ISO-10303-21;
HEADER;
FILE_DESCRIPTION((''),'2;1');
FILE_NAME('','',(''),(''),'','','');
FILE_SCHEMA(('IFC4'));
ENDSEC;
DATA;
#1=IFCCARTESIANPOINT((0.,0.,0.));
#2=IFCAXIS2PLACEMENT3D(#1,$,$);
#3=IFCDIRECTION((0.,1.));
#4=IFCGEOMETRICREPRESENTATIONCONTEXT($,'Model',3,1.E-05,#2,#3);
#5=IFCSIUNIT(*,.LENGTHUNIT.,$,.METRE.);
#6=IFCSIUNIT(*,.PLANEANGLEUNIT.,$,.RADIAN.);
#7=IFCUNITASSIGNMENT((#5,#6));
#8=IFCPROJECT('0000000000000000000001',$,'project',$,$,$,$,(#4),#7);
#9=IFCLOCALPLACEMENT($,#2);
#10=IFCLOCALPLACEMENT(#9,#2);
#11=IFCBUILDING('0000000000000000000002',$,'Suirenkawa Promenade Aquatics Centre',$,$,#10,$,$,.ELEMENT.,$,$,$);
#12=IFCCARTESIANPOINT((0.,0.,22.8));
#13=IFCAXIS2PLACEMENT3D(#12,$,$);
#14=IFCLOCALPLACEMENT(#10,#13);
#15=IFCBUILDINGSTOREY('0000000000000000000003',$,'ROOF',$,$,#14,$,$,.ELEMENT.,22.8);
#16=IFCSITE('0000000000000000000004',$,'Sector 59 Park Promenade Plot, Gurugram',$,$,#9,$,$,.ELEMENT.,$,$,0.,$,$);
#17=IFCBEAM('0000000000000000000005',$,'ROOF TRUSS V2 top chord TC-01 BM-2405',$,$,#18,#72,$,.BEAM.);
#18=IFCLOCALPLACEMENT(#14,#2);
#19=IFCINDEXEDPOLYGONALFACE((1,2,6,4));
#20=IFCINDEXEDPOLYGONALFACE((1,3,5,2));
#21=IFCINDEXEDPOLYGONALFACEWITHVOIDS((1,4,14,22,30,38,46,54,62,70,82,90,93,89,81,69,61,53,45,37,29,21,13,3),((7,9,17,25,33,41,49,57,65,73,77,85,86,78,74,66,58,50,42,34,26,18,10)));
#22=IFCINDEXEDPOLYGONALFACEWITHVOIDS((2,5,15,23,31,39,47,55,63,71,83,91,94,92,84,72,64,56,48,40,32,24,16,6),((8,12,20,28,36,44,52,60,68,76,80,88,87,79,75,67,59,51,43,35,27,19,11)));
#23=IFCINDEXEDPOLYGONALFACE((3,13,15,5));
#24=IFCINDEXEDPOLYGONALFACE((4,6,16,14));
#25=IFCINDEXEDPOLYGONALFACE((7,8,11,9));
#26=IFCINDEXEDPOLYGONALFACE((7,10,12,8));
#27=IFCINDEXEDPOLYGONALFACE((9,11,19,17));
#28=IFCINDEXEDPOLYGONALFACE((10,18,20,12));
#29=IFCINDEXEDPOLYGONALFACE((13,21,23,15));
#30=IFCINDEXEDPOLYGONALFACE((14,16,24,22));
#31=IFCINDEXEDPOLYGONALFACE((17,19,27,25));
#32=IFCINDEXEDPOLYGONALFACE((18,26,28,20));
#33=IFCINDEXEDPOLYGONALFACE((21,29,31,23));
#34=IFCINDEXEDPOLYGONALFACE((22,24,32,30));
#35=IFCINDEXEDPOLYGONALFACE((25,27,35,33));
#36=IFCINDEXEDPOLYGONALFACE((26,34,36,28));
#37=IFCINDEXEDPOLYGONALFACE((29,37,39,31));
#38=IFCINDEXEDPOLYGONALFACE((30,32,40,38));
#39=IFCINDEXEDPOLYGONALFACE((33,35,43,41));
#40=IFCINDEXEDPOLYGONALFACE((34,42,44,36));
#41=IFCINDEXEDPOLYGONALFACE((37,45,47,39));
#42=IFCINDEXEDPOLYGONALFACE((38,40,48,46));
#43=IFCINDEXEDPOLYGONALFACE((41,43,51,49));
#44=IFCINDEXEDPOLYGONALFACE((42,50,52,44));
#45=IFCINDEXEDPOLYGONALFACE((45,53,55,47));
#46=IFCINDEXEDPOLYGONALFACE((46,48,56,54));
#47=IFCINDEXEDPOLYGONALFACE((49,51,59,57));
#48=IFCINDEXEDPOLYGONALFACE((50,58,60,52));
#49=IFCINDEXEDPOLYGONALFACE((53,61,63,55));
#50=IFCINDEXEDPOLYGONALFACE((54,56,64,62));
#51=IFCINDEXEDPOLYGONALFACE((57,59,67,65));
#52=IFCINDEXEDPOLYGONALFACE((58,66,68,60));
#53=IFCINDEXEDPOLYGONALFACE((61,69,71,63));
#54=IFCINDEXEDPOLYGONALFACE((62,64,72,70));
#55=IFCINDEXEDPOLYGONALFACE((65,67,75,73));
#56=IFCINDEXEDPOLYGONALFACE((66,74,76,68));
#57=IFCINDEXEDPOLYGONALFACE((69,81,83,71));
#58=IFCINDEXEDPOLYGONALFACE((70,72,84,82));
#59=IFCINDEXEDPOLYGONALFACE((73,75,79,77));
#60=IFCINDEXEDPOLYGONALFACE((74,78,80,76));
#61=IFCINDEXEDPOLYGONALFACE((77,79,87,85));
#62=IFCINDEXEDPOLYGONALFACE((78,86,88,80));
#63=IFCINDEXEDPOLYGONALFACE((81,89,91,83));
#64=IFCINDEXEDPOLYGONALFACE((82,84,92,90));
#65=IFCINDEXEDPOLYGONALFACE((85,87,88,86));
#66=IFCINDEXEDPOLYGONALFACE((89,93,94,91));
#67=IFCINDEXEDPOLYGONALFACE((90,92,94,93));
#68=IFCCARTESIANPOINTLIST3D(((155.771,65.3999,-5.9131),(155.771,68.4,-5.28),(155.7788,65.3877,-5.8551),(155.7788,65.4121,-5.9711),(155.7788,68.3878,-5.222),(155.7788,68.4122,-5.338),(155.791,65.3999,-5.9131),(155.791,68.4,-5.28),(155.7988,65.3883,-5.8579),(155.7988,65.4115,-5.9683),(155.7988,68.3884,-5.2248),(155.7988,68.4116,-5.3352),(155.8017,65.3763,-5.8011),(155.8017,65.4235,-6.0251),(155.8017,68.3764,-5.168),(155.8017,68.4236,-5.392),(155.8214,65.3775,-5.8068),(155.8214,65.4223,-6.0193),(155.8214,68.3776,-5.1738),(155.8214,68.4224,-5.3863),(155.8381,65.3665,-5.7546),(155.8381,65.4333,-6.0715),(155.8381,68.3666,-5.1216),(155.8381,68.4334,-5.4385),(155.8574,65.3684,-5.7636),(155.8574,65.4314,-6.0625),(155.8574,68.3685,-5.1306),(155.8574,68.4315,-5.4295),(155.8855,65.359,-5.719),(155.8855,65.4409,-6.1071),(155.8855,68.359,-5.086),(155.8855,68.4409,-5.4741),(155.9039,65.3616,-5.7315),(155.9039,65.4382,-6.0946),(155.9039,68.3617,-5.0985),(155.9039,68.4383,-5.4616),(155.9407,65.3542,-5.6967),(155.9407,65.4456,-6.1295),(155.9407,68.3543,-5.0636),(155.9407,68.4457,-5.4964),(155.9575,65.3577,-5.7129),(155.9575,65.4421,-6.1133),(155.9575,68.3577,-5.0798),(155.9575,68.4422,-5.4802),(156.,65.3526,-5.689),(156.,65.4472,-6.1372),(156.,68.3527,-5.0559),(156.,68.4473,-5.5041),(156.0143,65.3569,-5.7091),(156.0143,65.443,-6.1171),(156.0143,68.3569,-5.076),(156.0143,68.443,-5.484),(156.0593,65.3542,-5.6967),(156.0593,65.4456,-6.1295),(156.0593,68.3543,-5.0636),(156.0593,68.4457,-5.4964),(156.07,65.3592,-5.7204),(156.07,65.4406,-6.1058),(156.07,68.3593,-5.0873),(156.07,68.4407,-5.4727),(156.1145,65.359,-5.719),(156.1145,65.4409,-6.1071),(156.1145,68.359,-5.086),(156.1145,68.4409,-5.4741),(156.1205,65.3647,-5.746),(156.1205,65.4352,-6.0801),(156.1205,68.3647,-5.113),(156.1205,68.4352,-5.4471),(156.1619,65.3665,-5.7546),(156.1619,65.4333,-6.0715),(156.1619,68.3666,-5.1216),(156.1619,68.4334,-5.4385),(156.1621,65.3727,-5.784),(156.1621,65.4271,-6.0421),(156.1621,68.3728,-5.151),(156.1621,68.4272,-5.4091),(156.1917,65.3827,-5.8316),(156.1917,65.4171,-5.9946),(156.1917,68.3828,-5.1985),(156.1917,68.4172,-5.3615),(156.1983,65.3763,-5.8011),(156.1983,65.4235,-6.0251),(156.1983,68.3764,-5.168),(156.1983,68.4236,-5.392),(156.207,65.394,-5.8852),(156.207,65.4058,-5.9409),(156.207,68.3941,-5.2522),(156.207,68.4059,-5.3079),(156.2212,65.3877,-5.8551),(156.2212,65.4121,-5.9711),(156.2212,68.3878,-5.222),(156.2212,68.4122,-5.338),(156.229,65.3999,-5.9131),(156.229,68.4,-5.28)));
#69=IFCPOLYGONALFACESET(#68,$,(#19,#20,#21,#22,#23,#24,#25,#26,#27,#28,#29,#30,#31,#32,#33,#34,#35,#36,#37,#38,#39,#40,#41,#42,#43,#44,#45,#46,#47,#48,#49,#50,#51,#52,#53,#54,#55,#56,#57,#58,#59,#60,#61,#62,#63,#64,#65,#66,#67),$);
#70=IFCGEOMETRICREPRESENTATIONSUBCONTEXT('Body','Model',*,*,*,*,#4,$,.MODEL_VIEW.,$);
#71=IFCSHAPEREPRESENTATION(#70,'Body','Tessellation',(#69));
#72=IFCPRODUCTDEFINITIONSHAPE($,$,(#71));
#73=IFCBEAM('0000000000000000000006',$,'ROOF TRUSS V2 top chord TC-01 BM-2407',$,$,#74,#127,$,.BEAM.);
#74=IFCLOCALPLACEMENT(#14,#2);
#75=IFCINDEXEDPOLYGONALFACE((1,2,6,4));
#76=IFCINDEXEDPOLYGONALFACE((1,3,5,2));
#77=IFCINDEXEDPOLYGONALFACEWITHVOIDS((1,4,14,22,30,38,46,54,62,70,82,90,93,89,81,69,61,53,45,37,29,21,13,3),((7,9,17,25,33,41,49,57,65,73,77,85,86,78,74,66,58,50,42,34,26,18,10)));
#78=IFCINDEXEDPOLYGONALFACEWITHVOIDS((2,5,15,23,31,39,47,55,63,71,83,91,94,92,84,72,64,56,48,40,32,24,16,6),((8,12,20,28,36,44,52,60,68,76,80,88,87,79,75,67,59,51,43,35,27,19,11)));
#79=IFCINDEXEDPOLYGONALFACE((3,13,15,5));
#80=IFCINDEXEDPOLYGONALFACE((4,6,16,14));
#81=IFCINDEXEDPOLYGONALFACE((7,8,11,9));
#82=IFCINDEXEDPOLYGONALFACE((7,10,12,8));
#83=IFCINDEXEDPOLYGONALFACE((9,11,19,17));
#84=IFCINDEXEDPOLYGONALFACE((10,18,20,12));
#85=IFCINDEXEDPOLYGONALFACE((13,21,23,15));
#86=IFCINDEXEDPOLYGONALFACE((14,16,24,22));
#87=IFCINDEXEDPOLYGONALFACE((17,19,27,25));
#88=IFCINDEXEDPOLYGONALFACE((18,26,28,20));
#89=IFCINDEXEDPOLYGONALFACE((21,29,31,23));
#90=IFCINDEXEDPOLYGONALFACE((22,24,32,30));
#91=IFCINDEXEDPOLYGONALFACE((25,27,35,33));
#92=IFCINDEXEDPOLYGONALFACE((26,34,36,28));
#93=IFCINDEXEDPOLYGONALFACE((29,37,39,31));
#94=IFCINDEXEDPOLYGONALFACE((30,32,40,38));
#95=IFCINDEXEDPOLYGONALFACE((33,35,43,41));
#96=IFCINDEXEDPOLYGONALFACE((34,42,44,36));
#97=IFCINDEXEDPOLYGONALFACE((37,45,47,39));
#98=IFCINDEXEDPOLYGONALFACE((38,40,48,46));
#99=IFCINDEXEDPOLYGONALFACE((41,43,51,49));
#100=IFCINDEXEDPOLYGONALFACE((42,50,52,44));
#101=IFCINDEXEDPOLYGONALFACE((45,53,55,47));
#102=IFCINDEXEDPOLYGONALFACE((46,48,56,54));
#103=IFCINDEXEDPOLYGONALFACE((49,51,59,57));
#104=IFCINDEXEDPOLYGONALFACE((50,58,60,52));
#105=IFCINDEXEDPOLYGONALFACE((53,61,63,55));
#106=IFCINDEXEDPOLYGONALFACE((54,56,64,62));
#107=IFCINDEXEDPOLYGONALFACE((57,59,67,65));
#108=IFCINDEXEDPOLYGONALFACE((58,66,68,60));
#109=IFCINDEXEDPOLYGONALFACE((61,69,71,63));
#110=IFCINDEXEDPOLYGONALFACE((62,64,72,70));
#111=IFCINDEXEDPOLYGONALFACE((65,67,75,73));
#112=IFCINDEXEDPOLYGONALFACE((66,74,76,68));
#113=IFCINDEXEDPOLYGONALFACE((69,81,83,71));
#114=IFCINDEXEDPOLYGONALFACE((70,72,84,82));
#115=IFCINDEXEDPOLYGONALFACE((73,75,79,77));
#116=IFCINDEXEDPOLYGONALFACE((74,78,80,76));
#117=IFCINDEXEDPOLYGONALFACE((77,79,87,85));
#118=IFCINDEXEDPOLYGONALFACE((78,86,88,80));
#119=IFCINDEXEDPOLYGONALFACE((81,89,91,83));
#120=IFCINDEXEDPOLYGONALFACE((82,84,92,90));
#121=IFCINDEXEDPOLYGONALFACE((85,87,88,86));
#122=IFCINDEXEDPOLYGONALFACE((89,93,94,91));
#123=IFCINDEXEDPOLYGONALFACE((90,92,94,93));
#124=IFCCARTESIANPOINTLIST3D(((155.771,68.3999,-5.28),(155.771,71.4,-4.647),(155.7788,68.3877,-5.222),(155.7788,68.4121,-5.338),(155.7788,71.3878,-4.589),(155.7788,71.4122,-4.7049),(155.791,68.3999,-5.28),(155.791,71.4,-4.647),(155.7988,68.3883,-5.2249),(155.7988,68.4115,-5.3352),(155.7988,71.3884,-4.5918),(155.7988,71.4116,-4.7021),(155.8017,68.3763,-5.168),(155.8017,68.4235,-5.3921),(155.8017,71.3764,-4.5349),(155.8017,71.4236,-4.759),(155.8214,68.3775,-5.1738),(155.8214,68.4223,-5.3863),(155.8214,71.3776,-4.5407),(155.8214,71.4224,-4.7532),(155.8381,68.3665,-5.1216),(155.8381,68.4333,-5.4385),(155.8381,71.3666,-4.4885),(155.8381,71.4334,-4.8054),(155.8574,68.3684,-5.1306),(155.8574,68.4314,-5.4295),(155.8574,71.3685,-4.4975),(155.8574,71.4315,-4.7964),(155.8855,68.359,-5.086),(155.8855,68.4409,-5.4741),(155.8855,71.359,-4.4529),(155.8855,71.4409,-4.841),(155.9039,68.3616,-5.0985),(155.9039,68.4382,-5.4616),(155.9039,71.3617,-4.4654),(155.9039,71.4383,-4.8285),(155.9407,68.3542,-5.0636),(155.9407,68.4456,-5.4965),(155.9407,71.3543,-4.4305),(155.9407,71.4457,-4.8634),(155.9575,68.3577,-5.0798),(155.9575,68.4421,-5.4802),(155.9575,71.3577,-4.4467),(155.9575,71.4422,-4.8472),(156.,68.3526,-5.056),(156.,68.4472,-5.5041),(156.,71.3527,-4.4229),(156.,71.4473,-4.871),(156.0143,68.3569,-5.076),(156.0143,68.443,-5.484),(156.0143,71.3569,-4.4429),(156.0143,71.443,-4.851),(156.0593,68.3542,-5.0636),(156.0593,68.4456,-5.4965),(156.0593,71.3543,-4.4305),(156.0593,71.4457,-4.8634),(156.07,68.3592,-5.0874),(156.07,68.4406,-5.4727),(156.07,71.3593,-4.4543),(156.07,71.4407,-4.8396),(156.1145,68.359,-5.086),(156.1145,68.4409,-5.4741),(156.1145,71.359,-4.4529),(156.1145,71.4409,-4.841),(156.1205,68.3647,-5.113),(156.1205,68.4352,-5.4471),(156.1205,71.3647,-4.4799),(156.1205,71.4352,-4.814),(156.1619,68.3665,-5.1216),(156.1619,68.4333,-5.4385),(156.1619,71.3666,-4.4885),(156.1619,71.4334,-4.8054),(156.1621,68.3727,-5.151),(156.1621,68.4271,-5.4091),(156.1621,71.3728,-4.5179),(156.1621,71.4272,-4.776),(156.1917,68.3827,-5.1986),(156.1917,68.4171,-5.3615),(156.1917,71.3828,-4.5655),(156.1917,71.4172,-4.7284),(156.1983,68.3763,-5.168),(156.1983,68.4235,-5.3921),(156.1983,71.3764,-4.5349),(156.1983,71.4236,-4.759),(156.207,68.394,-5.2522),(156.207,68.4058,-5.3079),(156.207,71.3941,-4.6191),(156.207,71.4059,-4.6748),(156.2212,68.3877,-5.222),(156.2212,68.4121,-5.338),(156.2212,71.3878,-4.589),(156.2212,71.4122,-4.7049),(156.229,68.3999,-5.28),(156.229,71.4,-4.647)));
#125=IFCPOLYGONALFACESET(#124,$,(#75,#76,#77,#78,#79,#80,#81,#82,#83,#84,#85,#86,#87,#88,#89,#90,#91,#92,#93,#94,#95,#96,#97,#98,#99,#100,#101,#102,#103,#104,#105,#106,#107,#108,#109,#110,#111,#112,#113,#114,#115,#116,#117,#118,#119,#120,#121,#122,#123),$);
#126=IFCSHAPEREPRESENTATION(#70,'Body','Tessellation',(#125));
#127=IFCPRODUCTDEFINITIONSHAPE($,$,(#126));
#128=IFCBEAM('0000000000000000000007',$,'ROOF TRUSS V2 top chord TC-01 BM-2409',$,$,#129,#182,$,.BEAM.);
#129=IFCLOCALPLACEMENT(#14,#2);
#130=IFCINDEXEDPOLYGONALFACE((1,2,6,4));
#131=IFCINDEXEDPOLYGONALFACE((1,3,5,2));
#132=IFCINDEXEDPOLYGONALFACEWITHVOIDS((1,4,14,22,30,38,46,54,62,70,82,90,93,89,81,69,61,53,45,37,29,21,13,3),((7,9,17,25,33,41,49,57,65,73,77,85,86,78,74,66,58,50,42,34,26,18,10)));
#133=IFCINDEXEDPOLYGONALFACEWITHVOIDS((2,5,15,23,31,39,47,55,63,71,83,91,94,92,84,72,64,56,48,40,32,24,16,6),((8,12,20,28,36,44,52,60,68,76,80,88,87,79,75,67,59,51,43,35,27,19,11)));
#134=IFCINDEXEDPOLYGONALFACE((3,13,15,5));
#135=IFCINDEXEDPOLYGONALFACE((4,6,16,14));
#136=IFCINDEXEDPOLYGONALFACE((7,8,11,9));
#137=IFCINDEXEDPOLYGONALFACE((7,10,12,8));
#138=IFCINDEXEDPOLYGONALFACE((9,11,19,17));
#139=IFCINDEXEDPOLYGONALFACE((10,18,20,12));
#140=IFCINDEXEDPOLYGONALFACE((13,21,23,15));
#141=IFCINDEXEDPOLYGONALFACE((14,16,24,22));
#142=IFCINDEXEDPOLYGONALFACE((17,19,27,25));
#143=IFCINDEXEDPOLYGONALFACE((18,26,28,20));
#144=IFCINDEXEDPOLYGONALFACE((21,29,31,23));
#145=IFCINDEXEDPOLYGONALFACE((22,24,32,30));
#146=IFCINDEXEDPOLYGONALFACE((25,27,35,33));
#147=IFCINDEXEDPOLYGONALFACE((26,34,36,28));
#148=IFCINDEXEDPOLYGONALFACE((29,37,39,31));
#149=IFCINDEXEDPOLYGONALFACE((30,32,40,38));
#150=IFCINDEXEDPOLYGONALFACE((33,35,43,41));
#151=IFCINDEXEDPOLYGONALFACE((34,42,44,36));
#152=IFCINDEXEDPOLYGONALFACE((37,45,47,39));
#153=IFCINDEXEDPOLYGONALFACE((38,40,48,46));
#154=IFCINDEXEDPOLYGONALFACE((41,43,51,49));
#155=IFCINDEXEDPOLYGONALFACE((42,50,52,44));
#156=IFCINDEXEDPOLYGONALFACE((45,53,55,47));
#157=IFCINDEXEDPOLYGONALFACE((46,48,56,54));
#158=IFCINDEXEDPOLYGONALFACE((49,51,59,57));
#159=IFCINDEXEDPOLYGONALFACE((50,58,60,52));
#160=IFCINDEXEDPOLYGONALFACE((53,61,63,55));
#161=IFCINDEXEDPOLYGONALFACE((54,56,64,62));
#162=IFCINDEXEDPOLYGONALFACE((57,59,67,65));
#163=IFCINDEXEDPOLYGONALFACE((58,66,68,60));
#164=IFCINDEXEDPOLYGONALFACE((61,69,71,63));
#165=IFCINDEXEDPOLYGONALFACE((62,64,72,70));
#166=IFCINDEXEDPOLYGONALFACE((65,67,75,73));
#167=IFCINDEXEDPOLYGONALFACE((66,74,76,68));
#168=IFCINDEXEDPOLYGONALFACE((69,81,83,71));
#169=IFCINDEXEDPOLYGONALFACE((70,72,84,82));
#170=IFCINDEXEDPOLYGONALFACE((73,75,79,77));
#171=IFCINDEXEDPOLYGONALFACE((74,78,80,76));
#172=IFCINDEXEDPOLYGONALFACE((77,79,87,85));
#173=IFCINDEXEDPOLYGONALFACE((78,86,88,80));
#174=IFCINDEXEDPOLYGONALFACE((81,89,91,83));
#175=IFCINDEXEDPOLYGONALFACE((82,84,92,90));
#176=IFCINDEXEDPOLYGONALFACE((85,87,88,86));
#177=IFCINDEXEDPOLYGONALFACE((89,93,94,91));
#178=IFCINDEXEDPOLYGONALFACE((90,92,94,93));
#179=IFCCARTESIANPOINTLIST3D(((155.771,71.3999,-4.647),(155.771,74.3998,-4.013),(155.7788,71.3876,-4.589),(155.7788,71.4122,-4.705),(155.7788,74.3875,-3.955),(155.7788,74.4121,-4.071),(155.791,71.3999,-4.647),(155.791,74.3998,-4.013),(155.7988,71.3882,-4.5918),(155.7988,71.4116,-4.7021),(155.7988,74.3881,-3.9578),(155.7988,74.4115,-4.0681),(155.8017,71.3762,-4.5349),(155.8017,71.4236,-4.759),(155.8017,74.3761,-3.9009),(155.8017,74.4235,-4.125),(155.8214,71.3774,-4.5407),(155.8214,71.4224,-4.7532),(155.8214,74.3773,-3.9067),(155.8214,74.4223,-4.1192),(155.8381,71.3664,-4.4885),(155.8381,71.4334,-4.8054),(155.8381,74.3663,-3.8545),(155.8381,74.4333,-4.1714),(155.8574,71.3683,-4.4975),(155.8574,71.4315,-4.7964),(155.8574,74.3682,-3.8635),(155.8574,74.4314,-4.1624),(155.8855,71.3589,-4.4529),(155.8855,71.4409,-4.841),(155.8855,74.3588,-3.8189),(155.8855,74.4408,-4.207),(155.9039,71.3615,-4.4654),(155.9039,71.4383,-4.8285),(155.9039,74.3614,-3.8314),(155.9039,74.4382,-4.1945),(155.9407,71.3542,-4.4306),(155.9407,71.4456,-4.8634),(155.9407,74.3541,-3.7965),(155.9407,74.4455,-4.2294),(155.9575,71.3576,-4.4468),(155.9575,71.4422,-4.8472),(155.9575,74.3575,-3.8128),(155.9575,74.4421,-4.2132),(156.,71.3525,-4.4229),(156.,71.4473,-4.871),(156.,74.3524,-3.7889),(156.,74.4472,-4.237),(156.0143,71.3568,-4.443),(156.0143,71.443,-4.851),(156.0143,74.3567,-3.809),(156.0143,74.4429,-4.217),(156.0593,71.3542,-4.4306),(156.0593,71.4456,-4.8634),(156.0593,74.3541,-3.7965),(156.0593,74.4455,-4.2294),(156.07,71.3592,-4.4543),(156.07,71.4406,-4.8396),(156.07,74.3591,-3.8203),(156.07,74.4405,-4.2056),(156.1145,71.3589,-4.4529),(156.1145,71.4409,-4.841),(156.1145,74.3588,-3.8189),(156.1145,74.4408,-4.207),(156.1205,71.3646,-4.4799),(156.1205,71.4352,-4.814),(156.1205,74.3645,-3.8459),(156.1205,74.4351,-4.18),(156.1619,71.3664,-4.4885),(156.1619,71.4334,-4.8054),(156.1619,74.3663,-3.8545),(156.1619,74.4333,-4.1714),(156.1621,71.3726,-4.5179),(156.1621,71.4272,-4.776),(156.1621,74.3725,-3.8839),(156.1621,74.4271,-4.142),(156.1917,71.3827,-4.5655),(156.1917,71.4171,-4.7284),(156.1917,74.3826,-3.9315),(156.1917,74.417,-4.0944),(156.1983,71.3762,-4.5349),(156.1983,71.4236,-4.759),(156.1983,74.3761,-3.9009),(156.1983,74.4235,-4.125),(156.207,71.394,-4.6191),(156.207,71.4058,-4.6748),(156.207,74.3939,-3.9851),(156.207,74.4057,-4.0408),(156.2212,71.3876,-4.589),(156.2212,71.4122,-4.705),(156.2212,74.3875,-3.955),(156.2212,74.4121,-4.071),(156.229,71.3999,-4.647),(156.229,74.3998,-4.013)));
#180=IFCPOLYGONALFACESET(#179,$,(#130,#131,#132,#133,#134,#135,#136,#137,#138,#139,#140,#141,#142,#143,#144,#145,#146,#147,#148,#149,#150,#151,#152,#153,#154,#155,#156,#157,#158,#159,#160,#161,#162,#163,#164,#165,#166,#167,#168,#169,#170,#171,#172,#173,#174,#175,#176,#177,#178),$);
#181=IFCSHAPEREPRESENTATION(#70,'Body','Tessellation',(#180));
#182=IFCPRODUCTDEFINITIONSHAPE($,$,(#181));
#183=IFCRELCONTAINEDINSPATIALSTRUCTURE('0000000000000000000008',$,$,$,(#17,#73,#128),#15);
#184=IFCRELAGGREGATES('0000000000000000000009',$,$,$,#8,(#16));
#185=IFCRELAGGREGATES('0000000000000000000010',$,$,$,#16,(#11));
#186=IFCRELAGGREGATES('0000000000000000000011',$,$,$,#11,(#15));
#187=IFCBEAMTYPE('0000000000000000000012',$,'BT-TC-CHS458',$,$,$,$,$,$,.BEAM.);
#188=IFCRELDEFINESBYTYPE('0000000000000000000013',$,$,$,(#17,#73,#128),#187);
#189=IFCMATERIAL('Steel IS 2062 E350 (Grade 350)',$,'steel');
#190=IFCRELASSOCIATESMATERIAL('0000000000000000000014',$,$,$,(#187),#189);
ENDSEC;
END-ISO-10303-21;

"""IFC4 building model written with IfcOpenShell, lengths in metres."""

from ifc_helpers import new_model, si_unit, direction, frame, origin, origin_2d, place, context, subcontext, project, spatial, hollow_circle, extrude, material, material_profile, profile_set, type_object, element, save


model = new_model("IFC4")

# Units and contexts
model_context = context("Model", 3, precision=1e-05, world=origin(), true_north=direction((0.0, 1.0)))
body_context = subcontext(model_context, "Body", "Model", "MODEL_VIEW")
ifc_project = project(units=[si_unit("LENGTHUNIT", "METRE"), si_unit("PLANEANGLEUNIT", "RADIAN")], contexts=[model_context])

# Site, building, storey
site_placement = place(None, origin())
site = spatial("IfcSite", under=ifc_project, at=site_placement, Name="Sector 59 Park Promenade Plot, Gurugram", CompositionType="ELEMENT", RefElevation=0.0)
building_placement = place(site_placement, origin())
building = spatial("IfcBuilding", under=site, at=building_placement, Name="Suirenkawa Promenade Aquatics Centre", CompositionType="ELEMENT")
storey_placement = place(building_placement, frame((0.0, 0.0, 22.8)))
storey = spatial("IfcBuildingStorey", under=building, at=storey_placement, Name="ROOF", CompositionType="ELEMENT", Elevation=22.8)

# Beams
ifc_material = material(Name="Steel IS 2062 E350 (Grade 350)", Category="steel")
ifc_material_profile_1 = material_profile(ifc_material, hollow_circle(Radius=0.229, WallThickness=0.02, at=origin_2d()), Name="CHS 458x20", Category="steel")
ifc_profile_set_1 = profile_set([ifc_material_profile_1], Name="Steel IS 2062 E350 (Grade 350)")
beam_type_1 = type_object("IfcBeamType", Name="BT-TC-CHS458", PredefinedType="BEAM", material=ifc_profile_set_1)
for number, where, z_axis, x_axis, name in (
    (1, (156.0, 65.3999, -5.9131), (0.0, 0.978453, 0.206472), (-1.0, 0.0, 0.0), "ROOF TRUSS V2 top chord TC-01 BM-2405"),
    (2, (156.0, 68.3999, -5.28), (0.0, 0.978453, 0.206472), (-1.0, 0.0, 0.0), "ROOF TRUSS V2 top chord TC-01 BM-2407"),
    (3, (156.0, 71.3999, -4.647), (0.0, 0.978388, 0.206777), (-1.0, 0.0, 0.0), "ROOF TRUSS V2 top chord TC-01 BM-2409"),
):
    element("IfcBeam", number, at=place(storey_placement, frame(where, z_axis=z_axis, x_axis=x_axis)), inside=storey, type_object=beam_type_1, Name=name, PredefinedType="BEAM", context=body_context, shape_type="SweptSolid", body=[
        extrude(hollow_circle(Radius=0.229, WallThickness=0.02, at=origin_2d()), origin(), (0.0, 0.0, 1.0), 3.0662),
    ])

save(model, "model.ifc")
